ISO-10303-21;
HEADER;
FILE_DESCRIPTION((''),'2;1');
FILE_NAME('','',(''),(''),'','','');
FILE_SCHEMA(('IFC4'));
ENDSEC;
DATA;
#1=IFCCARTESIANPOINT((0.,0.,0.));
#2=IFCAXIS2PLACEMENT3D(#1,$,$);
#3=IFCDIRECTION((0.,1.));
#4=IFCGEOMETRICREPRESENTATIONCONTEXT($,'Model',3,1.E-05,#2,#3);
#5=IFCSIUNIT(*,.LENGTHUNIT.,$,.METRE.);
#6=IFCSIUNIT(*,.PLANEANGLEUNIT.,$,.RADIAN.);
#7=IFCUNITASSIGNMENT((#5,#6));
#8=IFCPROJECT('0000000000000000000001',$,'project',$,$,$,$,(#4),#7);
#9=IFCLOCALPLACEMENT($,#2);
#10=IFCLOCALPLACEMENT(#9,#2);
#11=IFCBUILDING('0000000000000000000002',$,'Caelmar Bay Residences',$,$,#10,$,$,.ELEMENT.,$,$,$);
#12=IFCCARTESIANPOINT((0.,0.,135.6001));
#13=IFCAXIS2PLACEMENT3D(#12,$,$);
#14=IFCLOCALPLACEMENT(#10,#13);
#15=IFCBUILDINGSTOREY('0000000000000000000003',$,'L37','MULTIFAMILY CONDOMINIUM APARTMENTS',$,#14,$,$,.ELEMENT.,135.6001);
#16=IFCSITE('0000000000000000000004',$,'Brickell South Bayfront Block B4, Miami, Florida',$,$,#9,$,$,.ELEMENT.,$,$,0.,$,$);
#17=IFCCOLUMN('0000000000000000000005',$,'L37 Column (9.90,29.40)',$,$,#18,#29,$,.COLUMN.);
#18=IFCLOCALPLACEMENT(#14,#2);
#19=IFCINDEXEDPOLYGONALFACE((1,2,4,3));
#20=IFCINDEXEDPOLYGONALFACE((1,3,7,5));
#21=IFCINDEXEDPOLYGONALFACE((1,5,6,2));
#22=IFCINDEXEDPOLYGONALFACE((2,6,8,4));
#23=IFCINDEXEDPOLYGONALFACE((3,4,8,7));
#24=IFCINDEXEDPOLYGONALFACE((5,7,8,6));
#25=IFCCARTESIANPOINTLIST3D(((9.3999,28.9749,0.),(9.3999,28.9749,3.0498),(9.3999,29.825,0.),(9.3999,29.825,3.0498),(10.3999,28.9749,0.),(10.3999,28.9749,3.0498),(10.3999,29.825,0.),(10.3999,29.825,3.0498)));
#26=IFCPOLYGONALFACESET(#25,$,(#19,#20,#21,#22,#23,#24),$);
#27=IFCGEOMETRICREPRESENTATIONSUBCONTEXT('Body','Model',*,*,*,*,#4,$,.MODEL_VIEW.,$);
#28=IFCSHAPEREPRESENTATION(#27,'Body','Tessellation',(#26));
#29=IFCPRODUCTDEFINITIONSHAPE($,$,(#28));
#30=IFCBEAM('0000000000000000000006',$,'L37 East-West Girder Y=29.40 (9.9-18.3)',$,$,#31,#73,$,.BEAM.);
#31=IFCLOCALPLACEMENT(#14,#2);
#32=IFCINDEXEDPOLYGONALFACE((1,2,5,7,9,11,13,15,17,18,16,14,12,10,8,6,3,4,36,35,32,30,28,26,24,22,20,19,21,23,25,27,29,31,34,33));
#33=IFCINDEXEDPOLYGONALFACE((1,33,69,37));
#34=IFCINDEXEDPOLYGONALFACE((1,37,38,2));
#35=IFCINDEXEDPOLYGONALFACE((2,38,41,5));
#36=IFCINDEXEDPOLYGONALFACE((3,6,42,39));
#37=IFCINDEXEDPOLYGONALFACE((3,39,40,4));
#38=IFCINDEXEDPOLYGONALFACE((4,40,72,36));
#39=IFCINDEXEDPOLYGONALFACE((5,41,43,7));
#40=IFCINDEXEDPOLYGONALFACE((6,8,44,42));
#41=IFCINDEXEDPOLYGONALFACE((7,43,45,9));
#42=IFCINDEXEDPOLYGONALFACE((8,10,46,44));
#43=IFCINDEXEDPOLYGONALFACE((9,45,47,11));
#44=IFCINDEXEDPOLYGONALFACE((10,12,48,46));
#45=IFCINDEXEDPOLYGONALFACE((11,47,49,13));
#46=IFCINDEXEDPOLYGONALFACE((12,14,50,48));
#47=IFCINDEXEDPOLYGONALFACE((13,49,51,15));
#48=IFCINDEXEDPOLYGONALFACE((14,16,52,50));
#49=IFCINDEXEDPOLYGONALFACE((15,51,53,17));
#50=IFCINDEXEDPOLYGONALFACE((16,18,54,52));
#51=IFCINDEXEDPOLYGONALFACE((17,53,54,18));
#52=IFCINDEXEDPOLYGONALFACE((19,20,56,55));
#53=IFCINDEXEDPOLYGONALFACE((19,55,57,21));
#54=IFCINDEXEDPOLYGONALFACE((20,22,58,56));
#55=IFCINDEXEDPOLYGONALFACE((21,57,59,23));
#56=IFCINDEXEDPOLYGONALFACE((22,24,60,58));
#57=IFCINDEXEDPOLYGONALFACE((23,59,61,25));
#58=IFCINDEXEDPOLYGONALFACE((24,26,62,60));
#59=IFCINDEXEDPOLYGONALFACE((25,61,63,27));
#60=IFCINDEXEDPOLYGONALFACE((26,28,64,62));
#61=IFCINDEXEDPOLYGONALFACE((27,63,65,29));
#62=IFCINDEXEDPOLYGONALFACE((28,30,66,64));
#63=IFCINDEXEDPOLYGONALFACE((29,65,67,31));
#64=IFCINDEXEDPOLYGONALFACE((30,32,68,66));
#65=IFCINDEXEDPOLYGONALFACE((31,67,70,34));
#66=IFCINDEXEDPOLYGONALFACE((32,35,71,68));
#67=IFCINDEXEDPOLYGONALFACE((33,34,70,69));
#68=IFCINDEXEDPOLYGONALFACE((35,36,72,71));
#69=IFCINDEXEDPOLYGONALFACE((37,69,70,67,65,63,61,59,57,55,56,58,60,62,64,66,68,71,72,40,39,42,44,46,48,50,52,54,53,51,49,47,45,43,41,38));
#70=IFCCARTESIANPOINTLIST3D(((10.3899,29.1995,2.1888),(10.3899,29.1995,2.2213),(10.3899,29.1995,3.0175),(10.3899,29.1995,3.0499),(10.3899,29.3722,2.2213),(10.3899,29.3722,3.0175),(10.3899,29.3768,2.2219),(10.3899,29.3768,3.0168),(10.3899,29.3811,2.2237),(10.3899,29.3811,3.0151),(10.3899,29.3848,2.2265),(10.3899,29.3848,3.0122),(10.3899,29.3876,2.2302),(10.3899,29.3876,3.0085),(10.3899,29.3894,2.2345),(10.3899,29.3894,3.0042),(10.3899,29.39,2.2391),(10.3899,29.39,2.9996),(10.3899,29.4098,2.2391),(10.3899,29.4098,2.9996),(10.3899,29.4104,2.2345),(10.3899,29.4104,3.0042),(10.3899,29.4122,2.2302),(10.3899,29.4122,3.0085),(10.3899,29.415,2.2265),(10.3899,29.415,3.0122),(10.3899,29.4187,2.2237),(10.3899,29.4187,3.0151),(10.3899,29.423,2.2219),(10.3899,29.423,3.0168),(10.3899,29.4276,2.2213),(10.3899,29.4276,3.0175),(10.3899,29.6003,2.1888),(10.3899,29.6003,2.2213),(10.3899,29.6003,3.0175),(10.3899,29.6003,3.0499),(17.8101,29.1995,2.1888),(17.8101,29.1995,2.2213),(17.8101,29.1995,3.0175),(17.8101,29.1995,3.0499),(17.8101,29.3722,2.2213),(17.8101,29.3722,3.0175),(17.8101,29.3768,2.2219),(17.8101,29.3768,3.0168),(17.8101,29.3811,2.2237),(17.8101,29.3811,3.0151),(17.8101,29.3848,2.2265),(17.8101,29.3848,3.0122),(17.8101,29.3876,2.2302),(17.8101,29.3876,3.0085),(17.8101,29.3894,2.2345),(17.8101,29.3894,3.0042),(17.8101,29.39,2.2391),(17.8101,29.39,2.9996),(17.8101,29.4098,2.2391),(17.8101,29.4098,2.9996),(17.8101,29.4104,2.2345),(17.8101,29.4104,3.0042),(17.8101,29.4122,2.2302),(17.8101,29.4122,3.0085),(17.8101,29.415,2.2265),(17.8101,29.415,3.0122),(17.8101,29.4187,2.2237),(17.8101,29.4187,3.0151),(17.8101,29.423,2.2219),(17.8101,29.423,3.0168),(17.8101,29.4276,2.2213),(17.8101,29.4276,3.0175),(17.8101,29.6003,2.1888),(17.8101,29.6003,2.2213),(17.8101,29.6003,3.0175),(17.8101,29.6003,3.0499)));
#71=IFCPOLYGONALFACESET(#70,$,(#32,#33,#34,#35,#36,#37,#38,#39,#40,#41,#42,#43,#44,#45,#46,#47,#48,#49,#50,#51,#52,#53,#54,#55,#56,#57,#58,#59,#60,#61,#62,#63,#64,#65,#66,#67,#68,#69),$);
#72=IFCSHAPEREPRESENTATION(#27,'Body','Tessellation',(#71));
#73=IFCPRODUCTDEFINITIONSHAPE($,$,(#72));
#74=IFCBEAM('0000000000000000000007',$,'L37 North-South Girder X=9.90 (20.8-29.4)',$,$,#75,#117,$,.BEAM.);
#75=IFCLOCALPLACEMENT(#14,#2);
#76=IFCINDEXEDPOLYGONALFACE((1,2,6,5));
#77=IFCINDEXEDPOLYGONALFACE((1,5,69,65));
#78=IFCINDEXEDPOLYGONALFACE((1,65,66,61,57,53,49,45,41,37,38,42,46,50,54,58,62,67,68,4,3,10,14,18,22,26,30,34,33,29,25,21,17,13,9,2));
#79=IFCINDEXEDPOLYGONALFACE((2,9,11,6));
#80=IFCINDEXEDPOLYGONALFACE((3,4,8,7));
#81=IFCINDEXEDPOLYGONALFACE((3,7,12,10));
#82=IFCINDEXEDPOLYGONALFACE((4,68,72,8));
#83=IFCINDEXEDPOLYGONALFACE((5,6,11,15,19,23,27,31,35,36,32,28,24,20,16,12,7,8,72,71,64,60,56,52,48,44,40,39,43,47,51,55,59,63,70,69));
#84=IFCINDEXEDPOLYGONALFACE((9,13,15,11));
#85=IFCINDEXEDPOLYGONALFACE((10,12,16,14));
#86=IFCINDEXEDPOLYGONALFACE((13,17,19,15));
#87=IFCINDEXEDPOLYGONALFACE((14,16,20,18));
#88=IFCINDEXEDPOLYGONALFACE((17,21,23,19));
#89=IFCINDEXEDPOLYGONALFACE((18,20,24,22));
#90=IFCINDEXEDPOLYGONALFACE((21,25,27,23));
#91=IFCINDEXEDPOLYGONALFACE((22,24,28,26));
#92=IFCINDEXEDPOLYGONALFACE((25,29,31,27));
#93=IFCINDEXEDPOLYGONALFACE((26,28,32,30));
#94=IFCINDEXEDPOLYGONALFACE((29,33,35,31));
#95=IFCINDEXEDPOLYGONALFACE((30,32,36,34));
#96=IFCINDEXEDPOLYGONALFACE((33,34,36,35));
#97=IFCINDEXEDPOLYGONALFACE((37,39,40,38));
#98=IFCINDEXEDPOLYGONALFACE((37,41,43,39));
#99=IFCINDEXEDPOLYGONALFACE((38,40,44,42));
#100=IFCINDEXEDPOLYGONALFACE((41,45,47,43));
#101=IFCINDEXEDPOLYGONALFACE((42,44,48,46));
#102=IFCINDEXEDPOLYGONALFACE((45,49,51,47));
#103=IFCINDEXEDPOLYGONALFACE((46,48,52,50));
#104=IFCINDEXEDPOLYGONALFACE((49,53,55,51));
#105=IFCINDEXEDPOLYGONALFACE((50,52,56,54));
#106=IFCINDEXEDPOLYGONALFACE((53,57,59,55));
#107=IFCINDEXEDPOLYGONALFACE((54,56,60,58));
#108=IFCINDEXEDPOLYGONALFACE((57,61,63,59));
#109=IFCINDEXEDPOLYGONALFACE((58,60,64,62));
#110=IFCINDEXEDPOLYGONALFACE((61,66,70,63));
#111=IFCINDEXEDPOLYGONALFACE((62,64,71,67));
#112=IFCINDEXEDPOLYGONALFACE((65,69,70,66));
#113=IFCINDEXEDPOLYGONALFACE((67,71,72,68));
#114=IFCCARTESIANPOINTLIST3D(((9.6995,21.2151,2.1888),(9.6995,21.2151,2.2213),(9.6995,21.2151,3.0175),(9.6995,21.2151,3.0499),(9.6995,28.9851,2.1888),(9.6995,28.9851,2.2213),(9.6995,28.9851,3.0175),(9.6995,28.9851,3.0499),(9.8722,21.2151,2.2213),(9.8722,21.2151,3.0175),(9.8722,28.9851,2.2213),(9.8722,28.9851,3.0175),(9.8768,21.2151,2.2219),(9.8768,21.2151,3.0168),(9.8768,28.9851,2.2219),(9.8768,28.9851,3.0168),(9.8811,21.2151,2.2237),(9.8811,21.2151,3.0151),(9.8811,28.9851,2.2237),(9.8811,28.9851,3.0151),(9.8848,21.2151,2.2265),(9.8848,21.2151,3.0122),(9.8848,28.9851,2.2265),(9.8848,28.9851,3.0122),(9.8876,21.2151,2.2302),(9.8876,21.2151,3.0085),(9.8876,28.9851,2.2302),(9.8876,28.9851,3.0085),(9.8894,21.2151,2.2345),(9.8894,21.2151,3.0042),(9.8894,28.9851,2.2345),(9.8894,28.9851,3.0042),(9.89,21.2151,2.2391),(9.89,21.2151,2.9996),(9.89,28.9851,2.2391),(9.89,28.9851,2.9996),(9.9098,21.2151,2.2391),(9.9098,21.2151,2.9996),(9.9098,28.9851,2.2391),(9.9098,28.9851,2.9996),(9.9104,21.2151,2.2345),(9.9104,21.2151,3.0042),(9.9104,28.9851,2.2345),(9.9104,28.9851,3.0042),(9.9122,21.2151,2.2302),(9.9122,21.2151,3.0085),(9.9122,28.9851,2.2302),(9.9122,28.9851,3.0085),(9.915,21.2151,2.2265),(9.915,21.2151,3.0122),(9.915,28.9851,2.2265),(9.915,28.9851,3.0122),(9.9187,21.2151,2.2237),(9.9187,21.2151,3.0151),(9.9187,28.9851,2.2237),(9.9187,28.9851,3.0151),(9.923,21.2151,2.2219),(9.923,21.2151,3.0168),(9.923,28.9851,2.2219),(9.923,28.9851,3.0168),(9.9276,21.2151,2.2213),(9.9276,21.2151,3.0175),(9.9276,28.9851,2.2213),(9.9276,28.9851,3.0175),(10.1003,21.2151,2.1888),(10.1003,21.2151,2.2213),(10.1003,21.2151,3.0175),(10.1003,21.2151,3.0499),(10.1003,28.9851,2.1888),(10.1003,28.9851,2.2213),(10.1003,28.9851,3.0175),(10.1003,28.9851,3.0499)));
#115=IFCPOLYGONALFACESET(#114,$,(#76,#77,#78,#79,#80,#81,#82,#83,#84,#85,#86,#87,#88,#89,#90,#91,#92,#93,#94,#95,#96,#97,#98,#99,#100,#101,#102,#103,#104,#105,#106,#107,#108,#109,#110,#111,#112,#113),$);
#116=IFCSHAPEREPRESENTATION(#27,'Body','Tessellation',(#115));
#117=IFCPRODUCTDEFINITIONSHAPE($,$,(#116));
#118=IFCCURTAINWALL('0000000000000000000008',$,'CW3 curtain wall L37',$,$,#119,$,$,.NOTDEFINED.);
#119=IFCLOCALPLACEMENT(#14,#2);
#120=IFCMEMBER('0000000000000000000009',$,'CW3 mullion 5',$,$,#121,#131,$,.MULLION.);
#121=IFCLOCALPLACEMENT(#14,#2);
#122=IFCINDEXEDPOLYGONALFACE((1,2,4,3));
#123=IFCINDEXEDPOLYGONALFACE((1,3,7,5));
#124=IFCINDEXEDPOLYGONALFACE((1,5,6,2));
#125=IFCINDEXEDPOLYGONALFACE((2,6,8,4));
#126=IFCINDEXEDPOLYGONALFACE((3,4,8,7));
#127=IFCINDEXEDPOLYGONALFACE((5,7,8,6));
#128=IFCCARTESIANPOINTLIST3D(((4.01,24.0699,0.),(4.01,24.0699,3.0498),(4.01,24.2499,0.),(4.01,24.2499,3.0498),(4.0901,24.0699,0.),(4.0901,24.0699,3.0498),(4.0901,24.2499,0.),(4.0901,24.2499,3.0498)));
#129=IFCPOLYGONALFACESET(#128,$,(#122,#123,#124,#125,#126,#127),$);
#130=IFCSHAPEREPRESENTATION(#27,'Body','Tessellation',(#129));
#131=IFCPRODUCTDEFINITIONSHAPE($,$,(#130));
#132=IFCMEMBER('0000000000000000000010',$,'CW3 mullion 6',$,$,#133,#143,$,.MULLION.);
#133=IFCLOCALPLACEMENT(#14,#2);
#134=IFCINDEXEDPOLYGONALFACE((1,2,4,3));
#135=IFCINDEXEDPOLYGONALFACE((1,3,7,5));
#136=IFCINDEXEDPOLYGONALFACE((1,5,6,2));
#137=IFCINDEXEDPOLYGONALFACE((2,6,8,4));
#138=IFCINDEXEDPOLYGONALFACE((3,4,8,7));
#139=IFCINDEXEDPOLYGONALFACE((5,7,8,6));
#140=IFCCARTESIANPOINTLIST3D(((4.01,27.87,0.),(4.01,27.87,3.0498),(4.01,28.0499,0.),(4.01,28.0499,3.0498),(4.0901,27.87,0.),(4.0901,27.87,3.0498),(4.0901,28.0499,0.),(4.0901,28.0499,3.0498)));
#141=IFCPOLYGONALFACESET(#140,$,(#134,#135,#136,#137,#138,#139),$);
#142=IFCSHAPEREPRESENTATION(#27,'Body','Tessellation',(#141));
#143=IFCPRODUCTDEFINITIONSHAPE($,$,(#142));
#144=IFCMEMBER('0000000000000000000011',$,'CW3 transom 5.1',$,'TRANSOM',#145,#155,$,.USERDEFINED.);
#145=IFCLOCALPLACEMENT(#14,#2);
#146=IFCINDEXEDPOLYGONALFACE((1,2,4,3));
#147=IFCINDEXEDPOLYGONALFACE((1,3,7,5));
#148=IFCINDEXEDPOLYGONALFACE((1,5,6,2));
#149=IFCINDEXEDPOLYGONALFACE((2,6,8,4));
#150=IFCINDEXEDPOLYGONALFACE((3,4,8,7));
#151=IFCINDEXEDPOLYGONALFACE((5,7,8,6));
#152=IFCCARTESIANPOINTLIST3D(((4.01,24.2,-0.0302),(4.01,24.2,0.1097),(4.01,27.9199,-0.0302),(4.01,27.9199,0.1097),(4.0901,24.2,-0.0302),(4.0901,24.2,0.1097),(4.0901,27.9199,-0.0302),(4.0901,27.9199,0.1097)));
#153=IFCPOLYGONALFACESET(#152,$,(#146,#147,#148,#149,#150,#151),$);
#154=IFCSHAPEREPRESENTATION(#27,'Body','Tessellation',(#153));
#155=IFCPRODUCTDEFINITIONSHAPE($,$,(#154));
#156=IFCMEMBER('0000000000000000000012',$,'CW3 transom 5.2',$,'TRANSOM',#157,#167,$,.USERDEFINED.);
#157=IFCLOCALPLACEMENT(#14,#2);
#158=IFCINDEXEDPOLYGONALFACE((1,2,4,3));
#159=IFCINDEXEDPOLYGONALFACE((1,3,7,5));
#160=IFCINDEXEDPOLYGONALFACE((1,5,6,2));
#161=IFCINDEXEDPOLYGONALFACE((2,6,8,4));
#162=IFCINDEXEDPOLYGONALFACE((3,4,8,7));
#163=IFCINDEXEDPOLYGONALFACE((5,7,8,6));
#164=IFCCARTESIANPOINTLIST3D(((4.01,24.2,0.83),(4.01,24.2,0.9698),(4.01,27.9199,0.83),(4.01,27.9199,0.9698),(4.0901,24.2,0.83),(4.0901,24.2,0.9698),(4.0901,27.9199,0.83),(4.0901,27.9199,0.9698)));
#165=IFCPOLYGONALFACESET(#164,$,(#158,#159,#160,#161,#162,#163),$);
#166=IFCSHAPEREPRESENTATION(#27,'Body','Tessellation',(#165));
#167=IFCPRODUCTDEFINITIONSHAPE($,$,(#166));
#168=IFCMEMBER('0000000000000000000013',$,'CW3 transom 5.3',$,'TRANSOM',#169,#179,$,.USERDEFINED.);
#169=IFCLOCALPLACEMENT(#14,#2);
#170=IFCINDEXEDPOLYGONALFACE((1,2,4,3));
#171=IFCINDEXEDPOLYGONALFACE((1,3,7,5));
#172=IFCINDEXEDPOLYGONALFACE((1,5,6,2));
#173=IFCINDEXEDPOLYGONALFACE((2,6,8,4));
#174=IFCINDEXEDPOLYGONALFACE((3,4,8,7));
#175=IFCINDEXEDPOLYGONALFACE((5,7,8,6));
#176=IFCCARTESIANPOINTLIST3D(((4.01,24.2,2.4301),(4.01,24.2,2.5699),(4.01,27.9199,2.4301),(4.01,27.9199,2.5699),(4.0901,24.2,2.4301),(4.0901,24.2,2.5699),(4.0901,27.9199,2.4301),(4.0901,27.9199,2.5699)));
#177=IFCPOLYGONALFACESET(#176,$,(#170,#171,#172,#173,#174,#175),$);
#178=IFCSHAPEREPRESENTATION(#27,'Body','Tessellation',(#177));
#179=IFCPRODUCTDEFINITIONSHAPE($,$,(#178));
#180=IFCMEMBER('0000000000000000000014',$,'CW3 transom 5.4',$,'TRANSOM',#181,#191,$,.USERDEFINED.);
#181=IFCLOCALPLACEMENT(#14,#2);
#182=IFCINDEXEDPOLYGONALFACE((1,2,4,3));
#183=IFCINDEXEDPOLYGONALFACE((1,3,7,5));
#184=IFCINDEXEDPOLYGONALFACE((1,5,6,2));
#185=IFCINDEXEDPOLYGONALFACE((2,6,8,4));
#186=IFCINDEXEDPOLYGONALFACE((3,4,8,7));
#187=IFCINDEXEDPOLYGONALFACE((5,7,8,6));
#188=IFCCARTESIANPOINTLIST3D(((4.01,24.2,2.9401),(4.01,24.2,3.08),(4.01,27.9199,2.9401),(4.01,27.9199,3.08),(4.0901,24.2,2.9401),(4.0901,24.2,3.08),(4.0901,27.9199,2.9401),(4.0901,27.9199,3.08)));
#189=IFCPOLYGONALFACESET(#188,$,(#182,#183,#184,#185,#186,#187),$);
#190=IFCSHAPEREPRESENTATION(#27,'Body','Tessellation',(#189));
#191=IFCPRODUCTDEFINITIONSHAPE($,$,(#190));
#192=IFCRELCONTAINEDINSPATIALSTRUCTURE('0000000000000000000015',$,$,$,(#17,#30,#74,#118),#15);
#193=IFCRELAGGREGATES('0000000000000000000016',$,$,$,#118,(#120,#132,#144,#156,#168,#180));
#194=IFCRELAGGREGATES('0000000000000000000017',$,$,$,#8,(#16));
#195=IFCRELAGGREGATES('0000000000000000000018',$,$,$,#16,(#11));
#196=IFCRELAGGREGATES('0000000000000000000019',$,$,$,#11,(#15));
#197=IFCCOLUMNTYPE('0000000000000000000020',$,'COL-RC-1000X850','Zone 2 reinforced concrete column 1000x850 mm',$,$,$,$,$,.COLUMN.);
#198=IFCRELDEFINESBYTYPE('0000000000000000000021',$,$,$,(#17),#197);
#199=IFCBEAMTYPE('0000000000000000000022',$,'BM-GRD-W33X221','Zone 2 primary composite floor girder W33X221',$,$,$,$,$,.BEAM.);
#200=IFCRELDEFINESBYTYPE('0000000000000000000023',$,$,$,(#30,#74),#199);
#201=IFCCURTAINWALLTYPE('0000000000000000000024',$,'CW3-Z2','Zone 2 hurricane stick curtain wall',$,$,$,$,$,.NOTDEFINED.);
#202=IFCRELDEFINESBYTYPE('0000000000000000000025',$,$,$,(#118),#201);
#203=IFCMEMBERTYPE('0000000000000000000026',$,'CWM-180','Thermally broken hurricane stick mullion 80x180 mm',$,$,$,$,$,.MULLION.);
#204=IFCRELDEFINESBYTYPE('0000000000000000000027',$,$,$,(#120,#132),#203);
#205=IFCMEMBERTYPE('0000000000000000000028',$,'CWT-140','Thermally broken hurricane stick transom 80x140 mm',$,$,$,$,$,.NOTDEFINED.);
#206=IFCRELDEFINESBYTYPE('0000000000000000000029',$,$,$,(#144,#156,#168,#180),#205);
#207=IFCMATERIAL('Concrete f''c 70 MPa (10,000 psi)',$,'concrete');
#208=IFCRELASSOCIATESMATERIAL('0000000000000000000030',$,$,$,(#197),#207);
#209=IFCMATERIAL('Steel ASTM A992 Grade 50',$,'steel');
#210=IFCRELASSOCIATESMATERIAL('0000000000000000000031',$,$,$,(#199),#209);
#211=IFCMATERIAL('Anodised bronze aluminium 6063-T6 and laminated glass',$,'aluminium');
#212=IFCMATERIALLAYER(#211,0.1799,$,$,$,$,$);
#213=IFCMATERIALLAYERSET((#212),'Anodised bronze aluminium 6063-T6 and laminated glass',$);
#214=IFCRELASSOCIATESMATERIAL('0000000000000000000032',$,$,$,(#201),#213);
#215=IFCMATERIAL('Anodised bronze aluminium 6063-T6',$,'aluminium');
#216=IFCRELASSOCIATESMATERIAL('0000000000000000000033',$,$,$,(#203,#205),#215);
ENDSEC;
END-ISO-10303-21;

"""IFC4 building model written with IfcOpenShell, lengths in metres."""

from ifc_helpers import new_model, si_unit, direction, frame, origin, origin_2d, place, context, subcontext, project, spatial, rectangle, i_section, extrude, material, layer, layer_set, material_profile, profile_set, type_object, element, aggregate, save


model = new_model("IFC4")

# Units and contexts
model_context = context("Model", 3, precision=1e-05, world=origin(), true_north=direction((0.0, 1.0)))
body_context = subcontext(model_context, "Body", "Model", "MODEL_VIEW")
ifc_project = project(units=[si_unit("LENGTHUNIT", "METRE"), si_unit("PLANEANGLEUNIT", "RADIAN")], contexts=[model_context])

# Site, building, storey
site_placement = place(None, origin())
site = spatial("IfcSite", under=ifc_project, at=site_placement, Name="Brickell South Bayfront Block B4, Miami, Florida", CompositionType="ELEMENT", RefElevation=0.0)
building_placement = place(site_placement, origin())
building = spatial("IfcBuilding", under=site, at=building_placement, Name="Caelmar Bay Residences", CompositionType="ELEMENT")
storey_placement = place(building_placement, frame((0.0, 0.0, 135.6001)))
storey = spatial("IfcBuildingStorey", under=building, at=storey_placement, Name="L37", Description="MULTIFAMILY CONDOMINIUM APARTMENTS", CompositionType="ELEMENT", Elevation=135.6001)

# Column
ifc_material_1 = material(Name="Concrete f'c 70 MPa (10,000 psi)", Category="concrete")
ifc_material_profile_1 = material_profile(ifc_material_1, rectangle(XDim=1.0, YDim=0.8501, at=origin_2d()), Name="RC-COL-1000X850")
ifc_profile_set_1 = profile_set([ifc_material_profile_1], Name="Concrete f'c 70 MPa (10,000 psi)")
column_type = type_object("IfcColumnType", Name="COL-RC-1000X850", Description="Zone 2 reinforced concrete column 1000x850 mm", PredefinedType="COLUMN", material=ifc_profile_set_1)
column_placement = place(storey_placement, frame((9.8999, 29.3999, 0.0), z_axis=(0.0, 0.0, 1.0), x_axis=(1.0, 0.0, 0.0)))
element("IfcColumn", 1, at=column_placement, inside=storey, type_object=column_type, Name="L37 Column (9.90,29.40)", PredefinedType="COLUMN", context=body_context, shape_type="SweptSolid", body=[
    extrude(rectangle(XDim=1.0, YDim=0.8501, at=origin_2d()), origin(), (0.0, 0.0, 1.0), 3.0498),
])

# Beams
ifc_material_2 = material(Name="Steel ASTM A992 Grade 50", Category="steel")
ifc_material_profile_2 = material_profile(ifc_material_2, i_section(OverallWidth=0.4009, OverallDepth=0.8611, WebThickness=0.0198, FlangeThickness=0.0325, FilletRadius=0.0178, at=origin_2d()), Name="W33X221")
ifc_profile_set_2 = profile_set([ifc_material_profile_2], Name="Steel ASTM A992 Grade 50")
beam_type = type_object("IfcBeamType", Name="BM-GRD-W33X221", Description="Zone 2 primary composite floor girder W33X221", PredefinedType="BEAM", material=ifc_profile_set_2)
beam_1_placement = place(storey_placement, frame((10.3899, 29.3999, 2.6194), z_axis=(1.0, 0.0, 0.0), x_axis=(0.0, 1.0, 0.0)))
element("IfcBeam", 2, at=beam_1_placement, inside=storey, type_object=beam_type, Name="L37 East-West Girder Y=29.40 (9.9-18.3)", PredefinedType="BEAM", context=body_context, shape_type="SweptSolid", body=[
    extrude(i_section(OverallWidth=0.4009, OverallDepth=0.8611, WebThickness=0.0198, FlangeThickness=0.0325, FilletRadius=0.0178, at=origin_2d()), origin(), (0.0, 0.0, 1.0), 7.4202),
])
beam_2_placement = place(storey_placement, frame((9.8999, 21.2151, 2.6194), z_axis=(0.0, 1.0, 0.0), x_axis=(-1.0, 0.0, 0.0)))
element("IfcBeam", 3, at=beam_2_placement, inside=storey, type_object=beam_type, Name="L37 North-South Girder X=9.90 (20.8-29.4)", PredefinedType="BEAM", context=body_context, shape_type="SweptSolid", body=[
    extrude(i_section(OverallWidth=0.4009, OverallDepth=0.8611, WebThickness=0.0198, FlangeThickness=0.0325, FilletRadius=0.0178, at=origin_2d()), origin(), (0.0, 0.0, 1.0), 7.77),
])

# Curtain wall, members
ifc_material_3 = material(Name="Anodised bronze aluminium 6063-T6 and laminated glass", Category="aluminium")
ifc_layer_1 = layer(ifc_material_3, 0.1799)
ifc_layer_set_1 = layer_set([ifc_layer_1], Name="Anodised bronze aluminium 6063-T6 and laminated glass")
curtain_wall_type = type_object("IfcCurtainWallType", Name="CW3-Z2", Description="Zone 2 hurricane stick curtain wall", PredefinedType="NOTDEFINED", material=ifc_layer_set_1)
curtain_wall_placement = place(storey_placement, origin())
curtain_wall = element("IfcCurtainWall", 4, at=curtain_wall_placement, inside=storey, type_object=curtain_wall_type, Name="CW3 curtain wall L37", PredefinedType="NOTDEFINED")
ifc_material_4 = material(Name="Anodised bronze aluminium 6063-T6", Category="aluminium")
ifc_material_profile_3 = material_profile(ifc_material_4, rectangle(XDim=0.0801, YDim=0.1799, at=origin_2d()), Name="CWM-80X180")
ifc_profile_set_3 = profile_set([ifc_material_profile_3], Name="Anodised bronze aluminium 6063-T6")
member_type_1 = type_object("IfcMemberType", Name="CWM-180", Description="Thermally broken hurricane stick mullion 80x180 mm", PredefinedType="MULLION", material=ifc_profile_set_3)
member_1_placement = place(storey_placement, frame((4.05, 24.1599, 0.0), z_axis=(0.0, 0.0, 1.0), x_axis=(-1.0, 0.0, 0.0)))
member_1 = element("IfcMember", 5, at=member_1_placement, type_object=member_type_1, Name="CW3 mullion 5", PredefinedType="MULLION", context=body_context, shape_type="SweptSolid", body=[
    extrude(rectangle(XDim=0.0801, YDim=0.1799, at=origin_2d()), origin(), (0.0, 0.0, 1.0), 3.0498),
])
member_2_placement = place(storey_placement, frame((4.05, 27.96, 0.0), z_axis=(0.0, 0.0, 1.0), x_axis=(-1.0, 0.0, 0.0)))
member_2 = element("IfcMember", 6, at=member_2_placement, type_object=member_type_1, Name="CW3 mullion 6", PredefinedType="MULLION", context=body_context, shape_type="SweptSolid", body=[
    extrude(rectangle(XDim=0.0801, YDim=0.1799, at=origin_2d()), origin(), (0.0, 0.0, 1.0), 3.0498),
])
ifc_material_profile_4 = material_profile(ifc_material_4, rectangle(XDim=0.0801, YDim=0.1399, at=origin_2d()), Name="CWT-80X140")
ifc_profile_set_4 = profile_set([ifc_material_profile_4], Name="Anodised bronze aluminium 6063-T6")
member_type_2 = type_object("IfcMemberType", Name="CWT-140", Description="Thermally broken hurricane stick transom 80x140 mm", PredefinedType="NOTDEFINED", material=ifc_profile_set_4)
member_3_placement = place(storey_placement, frame((4.05, 24.2, 0.0398), z_axis=(0.0, 1.0, 0.0), x_axis=(-1.0, 0.0, 0.0)))
member_3 = element("IfcMember", 7, at=member_3_placement, type_object=member_type_2, Name="CW3 transom 5.1", ObjectType="TRANSOM", PredefinedType="USERDEFINED", context=body_context, shape_type="SweptSolid", body=[
    extrude(rectangle(XDim=0.0801, YDim=0.1399, at=origin_2d()), origin(), (0.0, 0.0, 1.0), 3.72),
])
member_4_placement = place(storey_placement, frame((4.05, 24.2, 0.8999), z_axis=(0.0, 1.0, 0.0), x_axis=(-1.0, 0.0, 0.0)))
member_4 = element("IfcMember", 8, at=member_4_placement, type_object=member_type_2, Name="CW3 transom 5.2", ObjectType="TRANSOM", PredefinedType="USERDEFINED", context=body_context, shape_type="SweptSolid", body=[
    extrude(rectangle(XDim=0.0801, YDim=0.1399, at=origin_2d()), origin(), (0.0, 0.0, 1.0), 3.72),
])
member_5_placement = place(storey_placement, frame((4.05, 24.2, 2.5), z_axis=(0.0, 1.0, 0.0), x_axis=(-1.0, 0.0, 0.0)))
member_5 = element("IfcMember", 9, at=member_5_placement, type_object=member_type_2, Name="CW3 transom 5.3", ObjectType="TRANSOM", PredefinedType="USERDEFINED", context=body_context, shape_type="SweptSolid", body=[
    extrude(rectangle(XDim=0.0801, YDim=0.1399, at=origin_2d()), origin(), (0.0, 0.0, 1.0), 3.72),
])
member_6_placement = place(storey_placement, frame((4.05, 24.2, 3.01), z_axis=(0.0, 1.0, 0.0), x_axis=(-1.0, 0.0, 0.0)))
member_6 = element("IfcMember", 10, at=member_6_placement, type_object=member_type_2, Name="CW3 transom 5.4", ObjectType="TRANSOM", PredefinedType="USERDEFINED", context=body_context, shape_type="SweptSolid", body=[
    extrude(rectangle(XDim=0.0801, YDim=0.1399, at=origin_2d()), origin(), (0.0, 0.0, 1.0), 3.72),
])
aggregate(curtain_wall, [member_1, member_2, member_3, member_4, member_5, member_6])

save(model, "model.ifc")
